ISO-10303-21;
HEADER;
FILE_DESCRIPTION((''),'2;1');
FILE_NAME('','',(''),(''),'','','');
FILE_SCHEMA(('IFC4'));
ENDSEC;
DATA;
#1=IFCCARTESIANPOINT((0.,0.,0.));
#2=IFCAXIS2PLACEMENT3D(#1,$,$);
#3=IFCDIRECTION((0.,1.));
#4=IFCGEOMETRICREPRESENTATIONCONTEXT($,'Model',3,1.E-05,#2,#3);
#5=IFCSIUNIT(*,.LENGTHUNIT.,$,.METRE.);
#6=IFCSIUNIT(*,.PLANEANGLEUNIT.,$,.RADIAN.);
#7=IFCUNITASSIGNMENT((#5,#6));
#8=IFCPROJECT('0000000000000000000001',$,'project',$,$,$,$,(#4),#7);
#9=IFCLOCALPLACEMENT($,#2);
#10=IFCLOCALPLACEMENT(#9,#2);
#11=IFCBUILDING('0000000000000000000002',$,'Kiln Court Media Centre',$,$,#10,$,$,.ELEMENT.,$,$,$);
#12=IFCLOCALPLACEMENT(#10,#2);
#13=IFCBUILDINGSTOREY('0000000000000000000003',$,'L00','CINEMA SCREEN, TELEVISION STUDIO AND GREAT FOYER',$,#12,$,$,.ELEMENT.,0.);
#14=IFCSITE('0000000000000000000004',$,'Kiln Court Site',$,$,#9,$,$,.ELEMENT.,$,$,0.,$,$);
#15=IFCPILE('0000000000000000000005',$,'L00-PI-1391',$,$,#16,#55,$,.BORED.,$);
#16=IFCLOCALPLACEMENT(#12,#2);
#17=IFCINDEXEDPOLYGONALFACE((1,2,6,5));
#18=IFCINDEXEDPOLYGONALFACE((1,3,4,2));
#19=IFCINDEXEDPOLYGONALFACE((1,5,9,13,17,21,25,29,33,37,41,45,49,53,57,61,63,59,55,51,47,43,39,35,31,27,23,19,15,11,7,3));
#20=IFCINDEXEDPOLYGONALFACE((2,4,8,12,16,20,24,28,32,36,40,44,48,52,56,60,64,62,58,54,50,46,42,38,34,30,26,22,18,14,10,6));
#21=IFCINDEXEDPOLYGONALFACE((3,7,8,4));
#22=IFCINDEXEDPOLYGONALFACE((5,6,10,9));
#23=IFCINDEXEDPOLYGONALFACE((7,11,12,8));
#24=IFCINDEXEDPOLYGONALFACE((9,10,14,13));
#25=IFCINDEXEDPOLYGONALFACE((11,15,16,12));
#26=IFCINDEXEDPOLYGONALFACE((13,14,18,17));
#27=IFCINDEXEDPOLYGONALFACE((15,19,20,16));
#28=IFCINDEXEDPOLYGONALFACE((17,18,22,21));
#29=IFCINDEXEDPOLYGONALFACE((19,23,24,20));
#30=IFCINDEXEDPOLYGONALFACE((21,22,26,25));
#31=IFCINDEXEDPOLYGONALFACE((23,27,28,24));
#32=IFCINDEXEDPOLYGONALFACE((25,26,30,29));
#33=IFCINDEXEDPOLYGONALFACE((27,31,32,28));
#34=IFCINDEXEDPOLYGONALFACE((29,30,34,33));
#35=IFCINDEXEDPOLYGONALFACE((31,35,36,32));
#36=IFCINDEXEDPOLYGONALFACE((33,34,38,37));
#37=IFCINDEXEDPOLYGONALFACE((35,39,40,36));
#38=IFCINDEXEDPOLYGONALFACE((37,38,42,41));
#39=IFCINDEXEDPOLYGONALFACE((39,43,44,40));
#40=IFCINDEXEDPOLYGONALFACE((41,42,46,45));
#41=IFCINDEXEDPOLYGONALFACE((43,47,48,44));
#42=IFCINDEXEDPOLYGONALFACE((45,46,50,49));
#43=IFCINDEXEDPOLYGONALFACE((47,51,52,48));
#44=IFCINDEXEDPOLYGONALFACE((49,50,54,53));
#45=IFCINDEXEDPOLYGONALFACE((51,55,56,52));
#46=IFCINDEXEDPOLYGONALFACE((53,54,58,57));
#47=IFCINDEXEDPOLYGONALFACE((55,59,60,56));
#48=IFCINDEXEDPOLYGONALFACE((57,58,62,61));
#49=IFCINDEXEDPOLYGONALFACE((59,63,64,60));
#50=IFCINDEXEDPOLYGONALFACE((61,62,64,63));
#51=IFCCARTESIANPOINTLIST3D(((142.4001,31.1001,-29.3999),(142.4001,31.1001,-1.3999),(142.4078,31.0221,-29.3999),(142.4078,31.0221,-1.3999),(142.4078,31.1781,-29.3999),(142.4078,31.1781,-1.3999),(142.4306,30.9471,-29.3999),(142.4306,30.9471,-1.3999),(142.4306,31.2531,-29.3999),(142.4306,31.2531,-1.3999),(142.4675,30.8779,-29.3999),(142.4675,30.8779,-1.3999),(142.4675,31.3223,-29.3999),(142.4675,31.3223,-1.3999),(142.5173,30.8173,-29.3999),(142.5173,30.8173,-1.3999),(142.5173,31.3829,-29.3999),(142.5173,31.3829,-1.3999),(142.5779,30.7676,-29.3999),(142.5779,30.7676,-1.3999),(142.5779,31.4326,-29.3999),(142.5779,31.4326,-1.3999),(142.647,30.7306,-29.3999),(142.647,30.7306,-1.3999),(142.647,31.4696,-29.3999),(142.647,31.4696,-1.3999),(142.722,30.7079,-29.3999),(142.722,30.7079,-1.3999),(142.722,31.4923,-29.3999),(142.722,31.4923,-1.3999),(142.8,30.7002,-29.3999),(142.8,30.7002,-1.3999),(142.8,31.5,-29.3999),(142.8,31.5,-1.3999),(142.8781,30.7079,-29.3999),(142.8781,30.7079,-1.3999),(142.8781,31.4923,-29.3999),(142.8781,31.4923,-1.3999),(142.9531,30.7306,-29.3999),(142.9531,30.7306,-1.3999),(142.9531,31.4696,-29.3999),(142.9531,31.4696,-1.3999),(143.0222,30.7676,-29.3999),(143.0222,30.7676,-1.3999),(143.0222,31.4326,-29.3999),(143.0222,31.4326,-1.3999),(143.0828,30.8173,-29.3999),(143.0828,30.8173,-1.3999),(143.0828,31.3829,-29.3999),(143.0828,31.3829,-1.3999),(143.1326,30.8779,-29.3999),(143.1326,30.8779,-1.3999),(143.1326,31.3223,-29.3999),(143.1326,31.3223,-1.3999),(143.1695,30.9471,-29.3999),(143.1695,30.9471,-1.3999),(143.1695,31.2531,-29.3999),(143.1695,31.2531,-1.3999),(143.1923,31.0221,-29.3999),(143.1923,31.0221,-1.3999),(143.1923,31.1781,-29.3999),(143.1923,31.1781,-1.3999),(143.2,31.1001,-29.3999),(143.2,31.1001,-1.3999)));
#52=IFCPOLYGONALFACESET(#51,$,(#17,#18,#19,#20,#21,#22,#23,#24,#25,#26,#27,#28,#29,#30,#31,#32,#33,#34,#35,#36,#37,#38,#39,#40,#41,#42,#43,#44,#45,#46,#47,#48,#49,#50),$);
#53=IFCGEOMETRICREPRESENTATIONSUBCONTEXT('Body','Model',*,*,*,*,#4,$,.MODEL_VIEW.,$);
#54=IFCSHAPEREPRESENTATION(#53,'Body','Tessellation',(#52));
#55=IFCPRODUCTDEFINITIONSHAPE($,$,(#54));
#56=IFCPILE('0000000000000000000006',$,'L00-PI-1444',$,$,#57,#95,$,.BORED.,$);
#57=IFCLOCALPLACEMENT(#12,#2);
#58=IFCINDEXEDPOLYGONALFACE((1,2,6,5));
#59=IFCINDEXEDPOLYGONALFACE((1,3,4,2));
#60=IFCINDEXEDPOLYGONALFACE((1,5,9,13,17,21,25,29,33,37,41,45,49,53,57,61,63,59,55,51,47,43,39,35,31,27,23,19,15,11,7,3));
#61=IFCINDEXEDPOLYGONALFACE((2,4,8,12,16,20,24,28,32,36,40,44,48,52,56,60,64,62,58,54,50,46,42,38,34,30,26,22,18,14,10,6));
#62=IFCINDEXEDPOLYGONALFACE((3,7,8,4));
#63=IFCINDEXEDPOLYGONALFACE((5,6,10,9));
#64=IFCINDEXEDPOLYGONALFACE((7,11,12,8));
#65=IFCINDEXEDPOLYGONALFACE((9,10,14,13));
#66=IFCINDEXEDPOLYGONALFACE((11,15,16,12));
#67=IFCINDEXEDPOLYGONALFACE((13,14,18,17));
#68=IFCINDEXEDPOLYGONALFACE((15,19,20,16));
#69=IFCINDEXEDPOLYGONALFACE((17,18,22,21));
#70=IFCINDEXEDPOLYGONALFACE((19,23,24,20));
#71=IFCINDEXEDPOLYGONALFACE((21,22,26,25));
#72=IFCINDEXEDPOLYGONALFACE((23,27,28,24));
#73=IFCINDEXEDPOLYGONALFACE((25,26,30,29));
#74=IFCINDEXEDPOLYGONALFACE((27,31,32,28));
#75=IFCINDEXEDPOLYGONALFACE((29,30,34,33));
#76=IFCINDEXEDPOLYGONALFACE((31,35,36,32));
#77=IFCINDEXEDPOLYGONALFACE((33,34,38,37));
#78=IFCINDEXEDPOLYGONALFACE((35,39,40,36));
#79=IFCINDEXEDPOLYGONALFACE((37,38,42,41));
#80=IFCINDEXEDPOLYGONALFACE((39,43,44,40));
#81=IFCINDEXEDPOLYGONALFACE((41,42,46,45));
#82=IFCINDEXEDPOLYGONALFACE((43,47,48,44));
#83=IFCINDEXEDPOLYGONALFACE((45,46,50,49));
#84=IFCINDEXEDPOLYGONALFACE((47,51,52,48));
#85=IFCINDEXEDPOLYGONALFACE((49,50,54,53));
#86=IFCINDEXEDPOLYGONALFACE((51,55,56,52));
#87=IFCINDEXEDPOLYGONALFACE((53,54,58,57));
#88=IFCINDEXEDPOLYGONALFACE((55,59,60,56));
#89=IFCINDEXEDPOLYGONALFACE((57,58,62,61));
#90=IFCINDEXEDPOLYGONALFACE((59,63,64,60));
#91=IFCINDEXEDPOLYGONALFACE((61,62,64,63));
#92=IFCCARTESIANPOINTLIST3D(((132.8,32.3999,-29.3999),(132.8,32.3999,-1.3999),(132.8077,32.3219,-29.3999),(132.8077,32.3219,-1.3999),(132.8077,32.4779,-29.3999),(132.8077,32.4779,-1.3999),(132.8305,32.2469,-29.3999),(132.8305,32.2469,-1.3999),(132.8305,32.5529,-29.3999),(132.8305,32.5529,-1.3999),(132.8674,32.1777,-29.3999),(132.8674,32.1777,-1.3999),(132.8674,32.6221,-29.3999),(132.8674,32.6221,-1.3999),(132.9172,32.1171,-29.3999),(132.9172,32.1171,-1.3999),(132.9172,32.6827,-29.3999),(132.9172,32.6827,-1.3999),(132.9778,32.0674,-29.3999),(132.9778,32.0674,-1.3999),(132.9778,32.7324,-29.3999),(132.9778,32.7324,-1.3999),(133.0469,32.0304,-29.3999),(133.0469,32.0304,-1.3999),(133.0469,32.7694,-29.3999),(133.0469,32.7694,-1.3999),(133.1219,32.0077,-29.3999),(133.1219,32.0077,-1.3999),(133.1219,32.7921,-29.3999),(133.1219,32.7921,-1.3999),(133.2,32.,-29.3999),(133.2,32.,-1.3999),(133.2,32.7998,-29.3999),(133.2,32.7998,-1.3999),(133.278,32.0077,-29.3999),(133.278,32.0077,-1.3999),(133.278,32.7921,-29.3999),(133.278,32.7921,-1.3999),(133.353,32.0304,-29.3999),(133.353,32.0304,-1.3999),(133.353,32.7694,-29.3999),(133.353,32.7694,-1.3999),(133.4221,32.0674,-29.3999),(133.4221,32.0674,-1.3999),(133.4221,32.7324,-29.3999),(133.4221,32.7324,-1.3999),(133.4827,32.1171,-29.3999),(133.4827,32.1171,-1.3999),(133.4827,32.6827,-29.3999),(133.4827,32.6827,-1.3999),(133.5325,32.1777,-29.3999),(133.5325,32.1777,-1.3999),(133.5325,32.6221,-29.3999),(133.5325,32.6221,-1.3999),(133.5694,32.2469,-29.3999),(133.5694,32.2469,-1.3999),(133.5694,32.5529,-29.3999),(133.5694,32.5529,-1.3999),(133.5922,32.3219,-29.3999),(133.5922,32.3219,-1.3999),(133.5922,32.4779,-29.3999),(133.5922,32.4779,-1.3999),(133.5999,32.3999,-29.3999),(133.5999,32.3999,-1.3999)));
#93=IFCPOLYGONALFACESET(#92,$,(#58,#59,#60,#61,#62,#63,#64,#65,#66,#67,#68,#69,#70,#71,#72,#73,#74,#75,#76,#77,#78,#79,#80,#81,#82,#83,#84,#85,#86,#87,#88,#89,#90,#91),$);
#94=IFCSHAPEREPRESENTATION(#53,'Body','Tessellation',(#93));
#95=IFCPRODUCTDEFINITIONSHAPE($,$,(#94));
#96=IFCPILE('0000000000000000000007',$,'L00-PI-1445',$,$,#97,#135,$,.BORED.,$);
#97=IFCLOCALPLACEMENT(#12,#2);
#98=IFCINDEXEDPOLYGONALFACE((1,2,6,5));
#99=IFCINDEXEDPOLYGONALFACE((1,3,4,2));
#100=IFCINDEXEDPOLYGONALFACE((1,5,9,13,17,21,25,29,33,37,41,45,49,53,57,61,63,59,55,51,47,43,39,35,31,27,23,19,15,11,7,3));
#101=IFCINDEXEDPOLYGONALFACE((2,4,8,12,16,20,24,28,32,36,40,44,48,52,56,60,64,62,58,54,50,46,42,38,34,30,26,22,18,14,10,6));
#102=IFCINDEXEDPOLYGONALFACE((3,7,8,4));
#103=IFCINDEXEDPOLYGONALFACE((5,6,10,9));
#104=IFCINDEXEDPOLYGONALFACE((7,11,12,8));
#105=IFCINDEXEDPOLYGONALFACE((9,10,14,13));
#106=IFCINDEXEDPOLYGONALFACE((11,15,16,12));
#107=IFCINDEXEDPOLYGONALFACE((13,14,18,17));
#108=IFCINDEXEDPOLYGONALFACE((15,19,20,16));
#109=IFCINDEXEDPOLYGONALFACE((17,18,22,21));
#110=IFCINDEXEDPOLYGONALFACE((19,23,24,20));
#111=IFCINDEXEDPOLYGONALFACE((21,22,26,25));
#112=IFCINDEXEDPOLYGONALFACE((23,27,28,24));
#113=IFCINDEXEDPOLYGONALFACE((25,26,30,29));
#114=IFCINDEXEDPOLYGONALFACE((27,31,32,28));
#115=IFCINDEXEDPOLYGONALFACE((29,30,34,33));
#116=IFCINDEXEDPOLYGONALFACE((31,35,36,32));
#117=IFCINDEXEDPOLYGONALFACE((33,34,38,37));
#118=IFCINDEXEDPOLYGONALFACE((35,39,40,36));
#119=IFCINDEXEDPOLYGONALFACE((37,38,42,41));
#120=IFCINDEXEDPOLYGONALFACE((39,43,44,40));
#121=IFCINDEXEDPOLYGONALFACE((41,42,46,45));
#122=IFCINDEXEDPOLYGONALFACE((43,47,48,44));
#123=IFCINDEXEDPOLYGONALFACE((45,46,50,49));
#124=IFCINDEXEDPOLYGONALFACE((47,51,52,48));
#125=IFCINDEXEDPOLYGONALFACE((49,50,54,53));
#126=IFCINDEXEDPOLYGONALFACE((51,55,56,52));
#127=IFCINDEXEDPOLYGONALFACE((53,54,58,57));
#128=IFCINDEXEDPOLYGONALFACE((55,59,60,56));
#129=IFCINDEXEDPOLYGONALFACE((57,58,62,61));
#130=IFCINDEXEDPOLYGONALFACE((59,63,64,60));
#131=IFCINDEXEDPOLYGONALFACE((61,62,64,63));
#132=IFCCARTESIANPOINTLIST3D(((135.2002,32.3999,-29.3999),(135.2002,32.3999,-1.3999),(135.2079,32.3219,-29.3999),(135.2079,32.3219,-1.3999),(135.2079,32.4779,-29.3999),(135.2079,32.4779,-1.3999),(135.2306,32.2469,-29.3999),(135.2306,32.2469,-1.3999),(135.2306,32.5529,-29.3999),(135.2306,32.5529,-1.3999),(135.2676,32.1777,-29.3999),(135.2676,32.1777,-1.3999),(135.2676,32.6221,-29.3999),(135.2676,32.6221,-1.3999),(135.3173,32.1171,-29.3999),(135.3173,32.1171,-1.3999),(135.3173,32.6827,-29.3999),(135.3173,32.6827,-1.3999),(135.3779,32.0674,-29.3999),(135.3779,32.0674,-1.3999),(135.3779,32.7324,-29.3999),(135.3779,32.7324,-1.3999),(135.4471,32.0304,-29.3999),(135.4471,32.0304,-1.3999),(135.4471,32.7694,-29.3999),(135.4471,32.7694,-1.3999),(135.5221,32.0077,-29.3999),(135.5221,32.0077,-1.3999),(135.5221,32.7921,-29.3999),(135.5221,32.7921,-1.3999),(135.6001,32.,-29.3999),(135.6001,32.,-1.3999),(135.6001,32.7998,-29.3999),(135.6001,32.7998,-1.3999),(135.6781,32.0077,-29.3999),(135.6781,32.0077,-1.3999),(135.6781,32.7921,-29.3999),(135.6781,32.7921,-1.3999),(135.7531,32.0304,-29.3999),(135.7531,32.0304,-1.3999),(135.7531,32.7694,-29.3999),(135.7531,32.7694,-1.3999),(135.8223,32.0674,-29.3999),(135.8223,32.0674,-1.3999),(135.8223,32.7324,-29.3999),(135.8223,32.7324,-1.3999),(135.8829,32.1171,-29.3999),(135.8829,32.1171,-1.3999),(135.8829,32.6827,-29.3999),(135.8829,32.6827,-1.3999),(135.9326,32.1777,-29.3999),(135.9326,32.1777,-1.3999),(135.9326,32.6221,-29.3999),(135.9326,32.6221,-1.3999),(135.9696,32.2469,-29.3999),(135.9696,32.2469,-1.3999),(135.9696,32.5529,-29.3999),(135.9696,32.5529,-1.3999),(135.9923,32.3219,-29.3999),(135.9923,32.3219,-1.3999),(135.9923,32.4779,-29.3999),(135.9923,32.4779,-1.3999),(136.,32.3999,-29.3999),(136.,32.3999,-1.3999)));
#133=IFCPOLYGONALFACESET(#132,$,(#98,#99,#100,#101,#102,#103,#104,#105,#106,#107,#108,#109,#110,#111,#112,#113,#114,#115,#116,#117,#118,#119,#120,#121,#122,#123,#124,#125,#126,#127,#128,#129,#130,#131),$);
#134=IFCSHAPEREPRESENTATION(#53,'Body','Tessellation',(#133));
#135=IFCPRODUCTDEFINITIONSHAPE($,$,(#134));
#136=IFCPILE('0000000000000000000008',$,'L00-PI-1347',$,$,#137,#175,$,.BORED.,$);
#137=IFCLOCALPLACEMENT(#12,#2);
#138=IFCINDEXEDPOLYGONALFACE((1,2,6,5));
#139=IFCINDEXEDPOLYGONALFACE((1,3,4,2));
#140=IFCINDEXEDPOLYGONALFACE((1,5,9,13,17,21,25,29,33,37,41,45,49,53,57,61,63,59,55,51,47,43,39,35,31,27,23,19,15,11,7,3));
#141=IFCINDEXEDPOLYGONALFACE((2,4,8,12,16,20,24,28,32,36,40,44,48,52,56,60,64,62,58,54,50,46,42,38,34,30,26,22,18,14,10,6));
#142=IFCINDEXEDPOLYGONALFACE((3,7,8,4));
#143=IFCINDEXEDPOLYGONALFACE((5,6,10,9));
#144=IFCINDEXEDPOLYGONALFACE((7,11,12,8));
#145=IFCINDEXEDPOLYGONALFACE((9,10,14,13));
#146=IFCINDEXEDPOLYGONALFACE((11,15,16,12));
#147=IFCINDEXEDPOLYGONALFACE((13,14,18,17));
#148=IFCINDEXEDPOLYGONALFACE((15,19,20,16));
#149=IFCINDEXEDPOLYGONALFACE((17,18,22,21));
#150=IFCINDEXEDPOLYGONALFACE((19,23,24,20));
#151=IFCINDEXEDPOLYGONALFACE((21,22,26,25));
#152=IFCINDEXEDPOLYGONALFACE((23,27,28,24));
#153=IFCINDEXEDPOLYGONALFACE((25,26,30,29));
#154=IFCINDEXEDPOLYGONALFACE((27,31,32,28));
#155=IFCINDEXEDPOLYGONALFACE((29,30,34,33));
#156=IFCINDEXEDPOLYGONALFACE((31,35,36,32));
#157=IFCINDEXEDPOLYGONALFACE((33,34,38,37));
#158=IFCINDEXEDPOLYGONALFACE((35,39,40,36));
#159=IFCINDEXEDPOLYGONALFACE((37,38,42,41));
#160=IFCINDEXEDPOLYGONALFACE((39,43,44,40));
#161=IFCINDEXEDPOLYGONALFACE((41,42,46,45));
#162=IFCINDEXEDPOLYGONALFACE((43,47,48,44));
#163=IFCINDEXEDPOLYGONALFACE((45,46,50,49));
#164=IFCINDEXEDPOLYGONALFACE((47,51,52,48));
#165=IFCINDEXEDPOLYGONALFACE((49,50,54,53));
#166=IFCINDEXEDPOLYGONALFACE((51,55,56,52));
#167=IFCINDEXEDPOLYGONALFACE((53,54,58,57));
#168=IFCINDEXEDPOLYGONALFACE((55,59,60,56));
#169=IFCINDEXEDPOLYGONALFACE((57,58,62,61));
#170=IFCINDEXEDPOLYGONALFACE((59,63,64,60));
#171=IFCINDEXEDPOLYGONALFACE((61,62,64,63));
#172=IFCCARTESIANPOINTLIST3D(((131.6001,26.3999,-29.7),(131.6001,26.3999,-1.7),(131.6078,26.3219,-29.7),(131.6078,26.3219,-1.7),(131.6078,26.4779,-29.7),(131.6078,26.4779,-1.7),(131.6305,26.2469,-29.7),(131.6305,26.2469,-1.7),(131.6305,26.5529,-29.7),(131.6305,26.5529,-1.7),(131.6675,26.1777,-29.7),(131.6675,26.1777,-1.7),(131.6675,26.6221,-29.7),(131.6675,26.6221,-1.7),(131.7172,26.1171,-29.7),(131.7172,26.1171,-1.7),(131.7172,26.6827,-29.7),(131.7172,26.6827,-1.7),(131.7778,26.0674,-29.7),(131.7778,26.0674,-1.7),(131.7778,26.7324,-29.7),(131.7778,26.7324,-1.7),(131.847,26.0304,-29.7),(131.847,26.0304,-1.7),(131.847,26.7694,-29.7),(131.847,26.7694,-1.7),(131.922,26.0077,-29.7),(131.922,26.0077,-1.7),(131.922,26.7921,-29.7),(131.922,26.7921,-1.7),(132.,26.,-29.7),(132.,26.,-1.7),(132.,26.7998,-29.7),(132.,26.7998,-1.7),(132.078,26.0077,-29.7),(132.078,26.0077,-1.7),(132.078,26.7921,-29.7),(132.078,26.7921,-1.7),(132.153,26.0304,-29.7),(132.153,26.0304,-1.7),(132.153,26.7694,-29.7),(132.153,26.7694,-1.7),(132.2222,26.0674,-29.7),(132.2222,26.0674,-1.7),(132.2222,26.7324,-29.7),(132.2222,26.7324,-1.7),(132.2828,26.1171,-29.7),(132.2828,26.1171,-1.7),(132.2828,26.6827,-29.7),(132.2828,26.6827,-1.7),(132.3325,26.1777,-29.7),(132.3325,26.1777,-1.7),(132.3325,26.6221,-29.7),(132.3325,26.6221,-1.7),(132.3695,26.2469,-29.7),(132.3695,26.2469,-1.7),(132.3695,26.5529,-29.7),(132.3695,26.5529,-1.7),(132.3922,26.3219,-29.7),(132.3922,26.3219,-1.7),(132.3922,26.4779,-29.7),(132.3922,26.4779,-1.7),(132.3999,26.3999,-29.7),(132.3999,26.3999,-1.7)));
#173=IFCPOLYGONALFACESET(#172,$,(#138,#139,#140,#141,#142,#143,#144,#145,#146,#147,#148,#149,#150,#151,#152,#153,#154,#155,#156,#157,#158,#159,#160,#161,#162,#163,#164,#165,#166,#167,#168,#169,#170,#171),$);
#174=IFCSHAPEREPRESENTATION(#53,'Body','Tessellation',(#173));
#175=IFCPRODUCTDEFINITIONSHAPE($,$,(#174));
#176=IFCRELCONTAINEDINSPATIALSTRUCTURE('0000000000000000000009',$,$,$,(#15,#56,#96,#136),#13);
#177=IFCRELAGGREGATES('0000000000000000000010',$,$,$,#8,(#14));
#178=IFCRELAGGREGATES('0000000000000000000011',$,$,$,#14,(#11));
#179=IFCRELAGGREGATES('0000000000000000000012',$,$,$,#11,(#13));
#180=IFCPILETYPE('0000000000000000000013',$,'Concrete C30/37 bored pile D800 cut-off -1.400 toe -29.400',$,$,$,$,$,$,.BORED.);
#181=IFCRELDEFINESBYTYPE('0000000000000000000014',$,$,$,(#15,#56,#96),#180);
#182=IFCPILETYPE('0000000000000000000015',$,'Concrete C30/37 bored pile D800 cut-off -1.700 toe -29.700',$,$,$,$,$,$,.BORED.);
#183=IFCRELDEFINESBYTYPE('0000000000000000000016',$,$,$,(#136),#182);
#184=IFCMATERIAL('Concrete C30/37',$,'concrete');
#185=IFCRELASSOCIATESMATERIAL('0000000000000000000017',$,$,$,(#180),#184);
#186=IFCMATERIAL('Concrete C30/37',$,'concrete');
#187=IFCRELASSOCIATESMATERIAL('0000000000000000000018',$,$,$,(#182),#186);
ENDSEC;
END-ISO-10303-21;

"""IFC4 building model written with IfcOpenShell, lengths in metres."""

from ifc_helpers import new_model, si_unit, direction, frame, origin, origin_2d, place, context, subcontext, project, spatial, circle, extrude, material, material_profile, profile_set, type_object, element, save


model = new_model("IFC4")

# Units and contexts
model_context = context("Model", 3, precision=1e-05, world=origin(), true_north=direction((0.0, 1.0)))
body_context = subcontext(model_context, "Body", "Model", "MODEL_VIEW")
ifc_project = project(units=[si_unit("LENGTHUNIT", "METRE"), si_unit("PLANEANGLEUNIT", "RADIAN")], contexts=[model_context])

# Site, building, storey
site_placement = place(None, origin())
site = spatial("IfcSite", under=ifc_project, at=site_placement, Name="Kiln Court Site", CompositionType="ELEMENT", RefElevation=0.0)
building_placement = place(site_placement, origin())
building = spatial("IfcBuilding", under=site, at=building_placement, Name="Kiln Court Media Centre", CompositionType="ELEMENT")
storey_placement = place(building_placement, origin())
storey = spatial("IfcBuildingStorey", under=building, at=storey_placement, Name="L00", Description="CINEMA SCREEN, TELEVISION STUDIO AND GREAT FOYER", CompositionType="ELEMENT", Elevation=0.0)

# Piles
ifc_material_1 = material(Name="Concrete C30/37", Category="concrete")
ifc_material_profile_1 = material_profile(ifc_material_1, circle(Radius=0.3999, at=origin_2d()), Name="PILE D800")
ifc_profile_set_1 = profile_set([ifc_material_profile_1], Name="Concrete C30/37")
pile_type_1 = type_object("IfcPileType", Name="Concrete C30/37 bored pile D800 cut-off -1.400 toe -29.400", PredefinedType="BORED", material=ifc_profile_set_1)
for number, where, z_axis, x_axis, name in (
    (1, (142.8, 31.1001, -1.3999), (0.0, 0.0, -1.0), (1.0, 0.0, 0.0), "L00-PI-1391"),
    (2, (133.2, 32.3999, -1.3999), (0.0, 0.0, -1.0), (1.0, 0.0, 0.0), "L00-PI-1444"),
    (3, (135.6001, 32.3999, -1.3999), (0.0, 0.0, -1.0), (1.0, 0.0, 0.0), "L00-PI-1445"),
):
    element("IfcPile", number, at=place(storey_placement, frame(where, z_axis=z_axis, x_axis=x_axis)), inside=storey, type_object=pile_type_1, Name=name, PredefinedType="BORED", context=body_context, shape_type="SweptSolid", body=[
        extrude(circle(Radius=0.3999, at=origin_2d()), origin(), (0.0, 0.0, 1.0), 28.0),
    ])
ifc_material_2 = material(Name="Concrete C30/37", Category="concrete")
ifc_material_profile_2 = material_profile(ifc_material_2, circle(Radius=0.3999, at=origin_2d()), Name="PILE D800")
ifc_profile_set_2 = profile_set([ifc_material_profile_2], Name="Concrete C30/37")
pile_type_2 = type_object("IfcPileType", Name="Concrete C30/37 bored pile D800 cut-off -1.700 toe -29.700", PredefinedType="BORED", material=ifc_profile_set_2)
for number, where, z_axis, x_axis, name in (
    (4, (132.0, 26.3999, -1.7), (0.0, 0.0, -1.0), (1.0, 0.0, 0.0), "L00-PI-1347"),
):
    element("IfcPile", number, at=place(storey_placement, frame(where, z_axis=z_axis, x_axis=x_axis)), inside=storey, type_object=pile_type_2, Name=name, PredefinedType="BORED", context=body_context, shape_type="SweptSolid", body=[
        extrude(circle(Radius=0.3999, at=origin_2d()), origin(), (0.0, 0.0, 1.0), 28.0),
    ])

save(model, "model.ifc")
